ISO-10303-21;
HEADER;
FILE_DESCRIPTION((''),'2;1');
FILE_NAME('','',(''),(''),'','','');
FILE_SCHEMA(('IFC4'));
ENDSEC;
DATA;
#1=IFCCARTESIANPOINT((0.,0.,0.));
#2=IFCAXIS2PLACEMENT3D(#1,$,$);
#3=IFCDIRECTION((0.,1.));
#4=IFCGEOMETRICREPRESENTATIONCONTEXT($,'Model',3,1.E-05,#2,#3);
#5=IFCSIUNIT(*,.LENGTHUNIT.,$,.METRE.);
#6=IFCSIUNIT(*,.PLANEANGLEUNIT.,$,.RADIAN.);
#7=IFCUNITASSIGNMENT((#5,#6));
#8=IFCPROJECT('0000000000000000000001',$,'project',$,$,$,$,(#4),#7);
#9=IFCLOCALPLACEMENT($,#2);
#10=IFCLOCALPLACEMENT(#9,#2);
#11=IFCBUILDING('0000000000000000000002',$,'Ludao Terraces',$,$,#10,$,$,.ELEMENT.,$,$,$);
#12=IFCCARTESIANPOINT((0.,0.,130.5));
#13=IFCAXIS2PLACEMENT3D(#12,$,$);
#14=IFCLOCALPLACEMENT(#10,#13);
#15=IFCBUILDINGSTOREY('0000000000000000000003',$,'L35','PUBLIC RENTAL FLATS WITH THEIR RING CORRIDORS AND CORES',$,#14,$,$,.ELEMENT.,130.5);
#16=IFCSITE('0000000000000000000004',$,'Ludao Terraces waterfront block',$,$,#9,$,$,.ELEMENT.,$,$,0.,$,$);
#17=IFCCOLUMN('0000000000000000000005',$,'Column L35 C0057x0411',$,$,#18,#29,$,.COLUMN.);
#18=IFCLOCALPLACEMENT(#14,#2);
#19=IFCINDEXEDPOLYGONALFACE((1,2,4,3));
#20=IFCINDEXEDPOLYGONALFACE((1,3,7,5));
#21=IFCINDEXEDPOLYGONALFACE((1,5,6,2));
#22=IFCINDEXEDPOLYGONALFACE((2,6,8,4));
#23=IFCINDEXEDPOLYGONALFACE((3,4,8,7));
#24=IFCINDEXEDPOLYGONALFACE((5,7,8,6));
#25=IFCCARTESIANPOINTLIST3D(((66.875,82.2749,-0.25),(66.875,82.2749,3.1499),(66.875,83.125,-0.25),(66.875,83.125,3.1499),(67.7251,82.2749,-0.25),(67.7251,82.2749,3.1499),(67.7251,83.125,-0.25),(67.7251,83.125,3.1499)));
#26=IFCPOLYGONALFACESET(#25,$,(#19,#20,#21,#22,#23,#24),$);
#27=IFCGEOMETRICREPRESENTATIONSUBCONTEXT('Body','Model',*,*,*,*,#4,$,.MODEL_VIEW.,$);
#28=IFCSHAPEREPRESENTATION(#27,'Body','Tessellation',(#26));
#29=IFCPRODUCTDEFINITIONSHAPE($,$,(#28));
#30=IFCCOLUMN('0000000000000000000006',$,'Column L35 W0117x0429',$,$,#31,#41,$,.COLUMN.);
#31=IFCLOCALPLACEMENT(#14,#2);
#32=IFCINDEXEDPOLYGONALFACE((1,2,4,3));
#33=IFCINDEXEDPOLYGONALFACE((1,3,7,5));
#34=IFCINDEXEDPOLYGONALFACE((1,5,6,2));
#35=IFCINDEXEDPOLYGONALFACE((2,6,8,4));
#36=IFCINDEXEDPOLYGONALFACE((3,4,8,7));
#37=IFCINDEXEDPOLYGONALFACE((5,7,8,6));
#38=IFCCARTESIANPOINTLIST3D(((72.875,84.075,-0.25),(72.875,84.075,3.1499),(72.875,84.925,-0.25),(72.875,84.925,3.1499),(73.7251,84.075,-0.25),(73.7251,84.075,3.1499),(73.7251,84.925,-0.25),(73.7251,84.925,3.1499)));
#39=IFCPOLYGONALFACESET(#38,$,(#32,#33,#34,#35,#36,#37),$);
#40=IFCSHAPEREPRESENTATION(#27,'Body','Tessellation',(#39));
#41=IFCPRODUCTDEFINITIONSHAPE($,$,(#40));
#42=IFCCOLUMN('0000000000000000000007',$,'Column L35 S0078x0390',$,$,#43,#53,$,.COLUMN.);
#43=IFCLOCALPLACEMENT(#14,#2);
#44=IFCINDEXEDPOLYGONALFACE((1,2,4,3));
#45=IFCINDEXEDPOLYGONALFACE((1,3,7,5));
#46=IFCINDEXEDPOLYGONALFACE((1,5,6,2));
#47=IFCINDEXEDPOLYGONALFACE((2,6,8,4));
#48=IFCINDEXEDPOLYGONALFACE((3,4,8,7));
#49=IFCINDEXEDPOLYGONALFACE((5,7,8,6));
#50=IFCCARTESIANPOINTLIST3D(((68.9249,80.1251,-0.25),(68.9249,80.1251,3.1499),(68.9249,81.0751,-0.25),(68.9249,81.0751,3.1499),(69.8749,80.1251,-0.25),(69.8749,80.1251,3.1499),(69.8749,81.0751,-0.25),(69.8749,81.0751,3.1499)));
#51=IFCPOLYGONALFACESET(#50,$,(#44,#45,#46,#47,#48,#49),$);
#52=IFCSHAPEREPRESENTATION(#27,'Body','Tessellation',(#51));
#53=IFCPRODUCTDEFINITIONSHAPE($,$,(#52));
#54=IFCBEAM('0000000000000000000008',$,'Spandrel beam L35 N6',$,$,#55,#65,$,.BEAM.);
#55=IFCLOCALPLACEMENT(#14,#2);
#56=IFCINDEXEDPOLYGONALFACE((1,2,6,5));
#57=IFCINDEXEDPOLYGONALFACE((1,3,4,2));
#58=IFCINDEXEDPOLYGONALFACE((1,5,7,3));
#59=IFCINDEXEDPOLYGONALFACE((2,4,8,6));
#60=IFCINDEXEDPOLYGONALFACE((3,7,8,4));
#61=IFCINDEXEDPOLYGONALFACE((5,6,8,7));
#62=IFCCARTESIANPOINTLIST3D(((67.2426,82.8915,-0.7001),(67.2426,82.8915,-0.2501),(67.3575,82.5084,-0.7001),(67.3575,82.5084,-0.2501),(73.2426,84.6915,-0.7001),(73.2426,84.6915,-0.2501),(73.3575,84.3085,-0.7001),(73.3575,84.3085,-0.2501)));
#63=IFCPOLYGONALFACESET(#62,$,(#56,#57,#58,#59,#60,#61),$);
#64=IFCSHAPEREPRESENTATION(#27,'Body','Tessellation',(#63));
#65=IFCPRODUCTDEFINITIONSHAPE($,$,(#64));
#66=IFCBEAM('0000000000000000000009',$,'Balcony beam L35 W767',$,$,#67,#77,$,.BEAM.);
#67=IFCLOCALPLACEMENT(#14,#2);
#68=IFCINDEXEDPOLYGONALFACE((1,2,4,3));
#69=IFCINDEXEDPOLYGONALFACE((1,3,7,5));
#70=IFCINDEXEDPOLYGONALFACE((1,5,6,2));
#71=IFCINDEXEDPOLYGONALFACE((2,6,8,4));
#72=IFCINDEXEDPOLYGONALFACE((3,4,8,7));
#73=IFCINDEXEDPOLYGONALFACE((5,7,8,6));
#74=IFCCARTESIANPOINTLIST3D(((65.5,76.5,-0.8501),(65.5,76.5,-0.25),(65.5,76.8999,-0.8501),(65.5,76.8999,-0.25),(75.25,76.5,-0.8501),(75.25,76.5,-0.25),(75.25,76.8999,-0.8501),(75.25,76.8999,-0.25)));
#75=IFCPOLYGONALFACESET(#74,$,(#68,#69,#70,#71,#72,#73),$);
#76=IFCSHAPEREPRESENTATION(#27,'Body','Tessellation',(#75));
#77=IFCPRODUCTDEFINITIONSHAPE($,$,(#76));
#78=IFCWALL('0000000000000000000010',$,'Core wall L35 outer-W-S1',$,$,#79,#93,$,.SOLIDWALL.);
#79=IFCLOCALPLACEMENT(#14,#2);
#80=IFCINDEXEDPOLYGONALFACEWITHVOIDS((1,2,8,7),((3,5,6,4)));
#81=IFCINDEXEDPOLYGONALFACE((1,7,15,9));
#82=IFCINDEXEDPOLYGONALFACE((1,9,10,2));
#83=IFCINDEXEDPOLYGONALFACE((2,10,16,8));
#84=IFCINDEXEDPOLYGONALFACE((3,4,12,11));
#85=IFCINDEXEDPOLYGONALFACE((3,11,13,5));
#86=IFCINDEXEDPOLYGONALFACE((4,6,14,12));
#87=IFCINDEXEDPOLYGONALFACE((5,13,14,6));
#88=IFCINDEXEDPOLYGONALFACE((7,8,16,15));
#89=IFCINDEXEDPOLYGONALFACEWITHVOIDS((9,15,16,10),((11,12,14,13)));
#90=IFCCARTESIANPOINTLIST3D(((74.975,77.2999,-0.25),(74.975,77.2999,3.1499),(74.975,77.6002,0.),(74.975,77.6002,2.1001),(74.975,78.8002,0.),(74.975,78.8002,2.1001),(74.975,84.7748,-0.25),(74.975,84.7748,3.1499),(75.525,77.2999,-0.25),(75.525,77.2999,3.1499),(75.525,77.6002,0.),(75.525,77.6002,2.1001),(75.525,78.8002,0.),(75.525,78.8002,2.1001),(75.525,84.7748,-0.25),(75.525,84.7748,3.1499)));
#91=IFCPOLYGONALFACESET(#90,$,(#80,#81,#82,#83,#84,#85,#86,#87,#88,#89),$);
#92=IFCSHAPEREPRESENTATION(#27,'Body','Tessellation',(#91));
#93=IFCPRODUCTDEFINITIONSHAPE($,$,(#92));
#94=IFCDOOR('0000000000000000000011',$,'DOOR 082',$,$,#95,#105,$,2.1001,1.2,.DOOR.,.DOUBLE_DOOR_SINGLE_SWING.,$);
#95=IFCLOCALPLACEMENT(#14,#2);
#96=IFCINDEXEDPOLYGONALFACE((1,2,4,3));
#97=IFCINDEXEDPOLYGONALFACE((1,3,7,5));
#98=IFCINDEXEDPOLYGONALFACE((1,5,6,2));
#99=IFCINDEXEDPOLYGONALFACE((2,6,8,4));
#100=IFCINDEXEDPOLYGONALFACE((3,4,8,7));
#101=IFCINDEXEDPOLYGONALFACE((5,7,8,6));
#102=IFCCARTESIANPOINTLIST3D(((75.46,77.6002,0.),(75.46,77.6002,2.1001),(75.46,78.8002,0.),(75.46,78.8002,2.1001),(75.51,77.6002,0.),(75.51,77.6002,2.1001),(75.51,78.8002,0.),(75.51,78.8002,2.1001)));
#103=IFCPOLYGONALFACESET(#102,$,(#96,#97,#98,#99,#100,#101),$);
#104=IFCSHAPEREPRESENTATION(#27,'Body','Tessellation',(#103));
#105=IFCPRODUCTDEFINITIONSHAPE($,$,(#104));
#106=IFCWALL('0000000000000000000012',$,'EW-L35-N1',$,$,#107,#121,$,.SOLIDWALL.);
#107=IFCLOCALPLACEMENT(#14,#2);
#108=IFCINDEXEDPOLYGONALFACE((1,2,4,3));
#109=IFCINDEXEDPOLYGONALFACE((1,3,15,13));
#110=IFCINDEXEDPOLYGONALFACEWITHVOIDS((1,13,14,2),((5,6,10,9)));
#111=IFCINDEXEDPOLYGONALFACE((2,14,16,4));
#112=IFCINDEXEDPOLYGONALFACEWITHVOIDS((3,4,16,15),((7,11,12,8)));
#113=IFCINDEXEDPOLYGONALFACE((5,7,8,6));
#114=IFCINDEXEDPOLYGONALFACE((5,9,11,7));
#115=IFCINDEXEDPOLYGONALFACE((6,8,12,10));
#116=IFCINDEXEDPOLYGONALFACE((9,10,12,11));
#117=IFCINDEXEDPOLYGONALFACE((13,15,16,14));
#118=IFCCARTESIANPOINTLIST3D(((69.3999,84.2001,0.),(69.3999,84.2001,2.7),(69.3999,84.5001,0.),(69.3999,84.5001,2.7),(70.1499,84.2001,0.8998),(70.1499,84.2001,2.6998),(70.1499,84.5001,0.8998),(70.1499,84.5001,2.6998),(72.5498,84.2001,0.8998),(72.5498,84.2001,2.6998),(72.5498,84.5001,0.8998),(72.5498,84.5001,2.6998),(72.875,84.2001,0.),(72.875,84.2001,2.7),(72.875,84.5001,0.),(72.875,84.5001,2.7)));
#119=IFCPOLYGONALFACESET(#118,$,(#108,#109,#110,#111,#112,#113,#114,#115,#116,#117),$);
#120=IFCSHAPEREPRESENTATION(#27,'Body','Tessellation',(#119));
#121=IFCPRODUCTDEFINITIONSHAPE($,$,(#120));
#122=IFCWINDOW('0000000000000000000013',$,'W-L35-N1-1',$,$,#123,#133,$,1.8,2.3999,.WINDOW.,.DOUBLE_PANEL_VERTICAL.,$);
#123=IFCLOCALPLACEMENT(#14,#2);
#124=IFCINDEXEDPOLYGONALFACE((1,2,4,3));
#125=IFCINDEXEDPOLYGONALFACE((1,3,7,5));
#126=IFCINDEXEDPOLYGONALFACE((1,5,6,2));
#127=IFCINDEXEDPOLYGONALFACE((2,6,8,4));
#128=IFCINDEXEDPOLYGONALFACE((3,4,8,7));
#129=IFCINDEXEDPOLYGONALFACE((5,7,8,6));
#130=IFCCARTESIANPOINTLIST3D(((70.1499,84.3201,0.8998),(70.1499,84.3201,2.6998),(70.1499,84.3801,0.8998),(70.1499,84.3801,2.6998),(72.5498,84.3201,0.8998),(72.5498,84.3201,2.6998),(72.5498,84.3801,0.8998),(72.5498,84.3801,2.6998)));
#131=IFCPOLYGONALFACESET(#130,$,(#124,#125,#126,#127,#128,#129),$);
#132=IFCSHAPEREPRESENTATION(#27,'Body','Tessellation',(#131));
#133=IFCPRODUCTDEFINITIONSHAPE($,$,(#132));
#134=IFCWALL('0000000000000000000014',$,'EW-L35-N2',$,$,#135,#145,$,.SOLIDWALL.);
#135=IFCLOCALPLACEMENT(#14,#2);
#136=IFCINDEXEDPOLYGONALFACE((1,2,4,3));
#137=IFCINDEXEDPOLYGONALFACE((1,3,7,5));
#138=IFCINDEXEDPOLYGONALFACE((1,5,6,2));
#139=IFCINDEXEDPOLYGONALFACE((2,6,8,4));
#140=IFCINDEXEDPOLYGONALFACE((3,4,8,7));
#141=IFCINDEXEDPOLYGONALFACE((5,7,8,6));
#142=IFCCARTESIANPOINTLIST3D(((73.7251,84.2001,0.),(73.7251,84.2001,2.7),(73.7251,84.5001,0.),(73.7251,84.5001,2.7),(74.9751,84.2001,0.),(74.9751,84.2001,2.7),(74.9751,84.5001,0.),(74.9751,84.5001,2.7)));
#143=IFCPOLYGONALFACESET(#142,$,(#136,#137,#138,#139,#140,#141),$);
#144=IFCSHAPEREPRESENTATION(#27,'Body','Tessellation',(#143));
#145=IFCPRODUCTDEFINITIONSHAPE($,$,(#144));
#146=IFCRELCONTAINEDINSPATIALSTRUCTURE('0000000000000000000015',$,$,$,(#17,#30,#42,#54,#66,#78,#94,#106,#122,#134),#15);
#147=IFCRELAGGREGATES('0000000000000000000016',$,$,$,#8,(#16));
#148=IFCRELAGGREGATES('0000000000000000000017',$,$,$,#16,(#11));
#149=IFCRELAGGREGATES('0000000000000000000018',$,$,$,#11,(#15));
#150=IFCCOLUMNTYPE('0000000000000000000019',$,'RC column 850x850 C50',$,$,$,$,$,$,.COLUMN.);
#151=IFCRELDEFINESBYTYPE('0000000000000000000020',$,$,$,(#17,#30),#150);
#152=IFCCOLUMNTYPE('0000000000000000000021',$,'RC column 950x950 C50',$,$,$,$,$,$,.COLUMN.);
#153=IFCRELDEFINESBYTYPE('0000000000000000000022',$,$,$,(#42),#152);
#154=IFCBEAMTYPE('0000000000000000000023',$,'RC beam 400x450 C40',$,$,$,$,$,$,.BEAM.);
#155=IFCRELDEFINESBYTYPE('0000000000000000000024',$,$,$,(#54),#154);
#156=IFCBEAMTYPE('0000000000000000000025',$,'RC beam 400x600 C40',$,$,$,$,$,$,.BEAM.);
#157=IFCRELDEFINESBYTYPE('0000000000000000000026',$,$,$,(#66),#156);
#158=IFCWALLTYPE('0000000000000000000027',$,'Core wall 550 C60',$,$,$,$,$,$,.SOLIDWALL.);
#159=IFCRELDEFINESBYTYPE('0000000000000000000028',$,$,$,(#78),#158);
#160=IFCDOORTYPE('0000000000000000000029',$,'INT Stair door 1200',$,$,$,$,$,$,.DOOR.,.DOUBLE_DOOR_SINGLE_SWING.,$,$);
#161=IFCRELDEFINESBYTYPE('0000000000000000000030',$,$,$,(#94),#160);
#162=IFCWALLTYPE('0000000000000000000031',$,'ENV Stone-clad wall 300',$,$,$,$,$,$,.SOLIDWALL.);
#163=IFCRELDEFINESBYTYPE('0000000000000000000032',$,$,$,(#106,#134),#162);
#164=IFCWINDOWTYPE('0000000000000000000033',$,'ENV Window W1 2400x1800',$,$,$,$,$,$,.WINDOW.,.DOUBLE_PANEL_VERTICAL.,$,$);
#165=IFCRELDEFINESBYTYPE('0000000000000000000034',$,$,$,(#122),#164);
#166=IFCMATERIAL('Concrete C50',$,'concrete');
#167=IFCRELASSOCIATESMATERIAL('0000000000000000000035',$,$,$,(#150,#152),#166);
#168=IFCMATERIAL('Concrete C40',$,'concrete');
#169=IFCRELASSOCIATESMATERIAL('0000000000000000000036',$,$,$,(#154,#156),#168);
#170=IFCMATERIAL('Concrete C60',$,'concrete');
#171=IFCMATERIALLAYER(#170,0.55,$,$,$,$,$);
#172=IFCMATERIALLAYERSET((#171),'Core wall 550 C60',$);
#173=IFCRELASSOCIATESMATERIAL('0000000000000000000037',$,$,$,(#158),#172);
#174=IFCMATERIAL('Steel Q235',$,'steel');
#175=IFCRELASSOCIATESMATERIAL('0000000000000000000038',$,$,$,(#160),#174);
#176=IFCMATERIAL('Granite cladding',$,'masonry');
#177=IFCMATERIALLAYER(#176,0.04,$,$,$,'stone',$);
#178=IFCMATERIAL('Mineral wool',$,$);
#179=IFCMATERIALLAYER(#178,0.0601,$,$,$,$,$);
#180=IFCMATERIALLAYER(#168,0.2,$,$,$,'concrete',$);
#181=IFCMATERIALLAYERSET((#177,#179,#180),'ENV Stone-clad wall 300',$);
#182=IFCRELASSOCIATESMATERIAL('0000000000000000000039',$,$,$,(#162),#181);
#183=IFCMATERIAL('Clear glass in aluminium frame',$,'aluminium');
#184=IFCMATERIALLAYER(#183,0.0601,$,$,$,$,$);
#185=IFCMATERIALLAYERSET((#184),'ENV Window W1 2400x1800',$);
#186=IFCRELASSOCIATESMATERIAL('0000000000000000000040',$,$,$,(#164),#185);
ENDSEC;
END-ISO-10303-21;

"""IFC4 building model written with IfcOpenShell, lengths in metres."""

from ifc_helpers import new_model, si_unit, direction, frame, frame_2d, origin, origin_2d, place, context, subcontext, project, spatial, rectangle, extrude, material, layer, layer_set, material_profile, profile_set, type_object, element, fill, save


model = new_model("IFC4")

# Units and contexts
model_context = context("Model", 3, precision=1e-05, world=origin(), true_north=direction((0.0, 1.0)))
body_context = subcontext(model_context, "Body", "Model", "MODEL_VIEW")
ifc_project = project(units=[si_unit("LENGTHUNIT", "METRE"), si_unit("PLANEANGLEUNIT", "RADIAN")], contexts=[model_context])

# Site, building, storey
site_placement = place(None, origin())
site = spatial("IfcSite", under=ifc_project, at=site_placement, Name="Ludao Terraces waterfront block", CompositionType="ELEMENT", RefElevation=0.0)
building_placement = place(site_placement, origin())
building = spatial("IfcBuilding", under=site, at=building_placement, Name="Ludao Terraces", CompositionType="ELEMENT")
storey_placement = place(building_placement, frame((0.0, 0.0, 130.5)))
storey = spatial("IfcBuildingStorey", under=building, at=storey_placement, Name="L35", Description="PUBLIC RENTAL FLATS WITH THEIR RING CORRIDORS AND CORES", CompositionType="ELEMENT", Elevation=130.5)

# Columns
ifc_material_1 = material(Name="Concrete C50", Category="concrete")
ifc_material_profile_1 = material_profile(ifc_material_1, rectangle(XDim=0.8501, YDim=0.8501, at=origin_2d()), Name="850 X 850")
ifc_profile_set_1 = profile_set([ifc_material_profile_1], Name="Concrete C50")
column_type_1 = type_object("IfcColumnType", Name="RC column 850x850 C50", PredefinedType="COLUMN", material=ifc_profile_set_1)
for number, where, z_axis, x_axis, name in (
    (1, (67.3, 82.7, -0.25), (0.0, 0.0, 1.0), (1.0, 0.0, 0.0), "Column L35 C0057x0411"),
    (2, (73.3, 84.5, -0.25), (0.0, 0.0, 1.0), (1.0, 0.0, 0.0), "Column L35 W0117x0429"),
):
    element("IfcColumn", number, at=place(storey_placement, frame(where, z_axis=z_axis, x_axis=x_axis)), inside=storey, type_object=column_type_1, Name=name, PredefinedType="COLUMN", context=body_context, shape_type="SweptSolid", body=[
        extrude(rectangle(XDim=0.8501, YDim=0.8501, at=origin_2d()), origin(), (0.0, 0.0, 1.0), 3.3999),
    ])
ifc_material_profile_2 = material_profile(ifc_material_1, rectangle(XDim=0.95, YDim=0.95, at=origin_2d()), Name="950 X 950")
ifc_profile_set_2 = profile_set([ifc_material_profile_2], Name="Concrete C50")
column_type_2 = type_object("IfcColumnType", Name="RC column 950x950 C50", PredefinedType="COLUMN", material=ifc_profile_set_2)
column_placement = place(storey_placement, frame((69.3999, 80.6001, -0.25), z_axis=(0.0, 0.0, 1.0), x_axis=(1.0, 0.0, 0.0)))
element("IfcColumn", 3, at=column_placement, inside=storey, type_object=column_type_2, Name="Column L35 S0078x0390", PredefinedType="COLUMN", context=body_context, shape_type="SweptSolid", body=[
    extrude(rectangle(XDim=0.95, YDim=0.95, at=origin_2d()), origin(), (0.0, 0.0, 1.0), 3.3999),
])

# Beams
ifc_material_2 = material(Name="Concrete C40", Category="concrete")
ifc_material_profile_3 = material_profile(ifc_material_2, rectangle(XDim=0.3999, YDim=0.45, at=origin_2d()), Name="400 X 450")
ifc_profile_set_3 = profile_set([ifc_material_profile_3], Name="Concrete C40")
beam_type_1 = type_object("IfcBeamType", Name="RC beam 400x450 C40", PredefinedType="BEAM", material=ifc_profile_set_3)
beam_1_placement = place(storey_placement, frame((67.3, 82.7, -0.4751), z_axis=(0.957824, 0.287355, 0.0), x_axis=(-0.287355, 0.957824, 0.0)))
element("IfcBeam", 4, at=beam_1_placement, inside=storey, type_object=beam_type_1, Name="Spandrel beam L35 N6", PredefinedType="BEAM", context=body_context, shape_type="SweptSolid", body=[
    extrude(rectangle(XDim=0.3999, YDim=0.45, at=origin_2d()), origin(), (0.0, 0.0, 1.0), 6.2642),
])
ifc_material_profile_4 = material_profile(ifc_material_2, rectangle(XDim=0.3999, YDim=0.6001, at=origin_2d()), Name="400 X 600")
ifc_profile_set_4 = profile_set([ifc_material_profile_4], Name="Concrete C40")
beam_type_2 = type_object("IfcBeamType", Name="RC beam 400x600 C40", PredefinedType="BEAM", material=ifc_profile_set_4)
beam_2_placement = place(storey_placement, frame((75.25, 76.7, -0.55), z_axis=(-1.0, 0.0, 0.0), x_axis=(0.0, -1.0, 0.0)))
element("IfcBeam", 5, at=beam_2_placement, inside=storey, type_object=beam_type_2, Name="Balcony beam L35 W767", PredefinedType="BEAM", context=body_context, shape_type="SweptSolid", body=[
    extrude(rectangle(XDim=0.3999, YDim=0.6001, at=origin_2d()), origin(), (0.0, 0.0, 1.0), 9.75),
])

# Wall, opening, door
ifc_material_3 = material(Name="Concrete C60", Category="concrete")
ifc_layer_1 = layer(ifc_material_3, 0.55)
ifc_layer_set_1 = layer_set([ifc_layer_1], Name="Core wall 550 C60")
wall_type_1 = type_object("IfcWallType", Name="Core wall 550 C60", PredefinedType="SOLIDWALL", material=ifc_layer_set_1)
wall_1_placement = place(storey_placement, frame((75.25, 77.3, -0.25), z_axis=(0.0, 0.0, 1.0), x_axis=(0.0, 1.0, 0.0)))
wall_1 = element("IfcWall", 6, at=wall_1_placement, inside=storey, type_object=wall_type_1, Name="Core wall L35 outer-W-S1", PredefinedType="SOLIDWALL", context=body_context, shape_type="SweptSolid", body=[
    extrude(rectangle(XDim=7.4749, YDim=0.55, at=frame_2d((3.7373, 0.0))), origin(), (0.0, 0.0, 1.0), 3.3999),
])
opening_1_placement = place(wall_1_placement, frame((0.3, 0.0, 0.25)))
opening_1 = element("IfcOpeningElement", 7, at=opening_1_placement, cuts=wall_1, PredefinedType="OPENING", context=body_context, shape_type="SweptSolid", body=[
    extrude(rectangle(XDim=1.2, YDim=2.1001, at=frame_2d((0.6001, 1.05))), frame((0.0, 0.2852, 0.0), z_axis=(0.0, -1.0, 0.0), x_axis=(1.0, 0.0, 0.0)), (0.0, 0.0, 1.0), 0.5701),
])
ifc_material_4 = material(Name="Steel Q235", Category="steel")
door_type_1 = type_object("IfcDoorType", Name="INT Stair door 1200", OperationType="DOUBLE_DOOR_SINGLE_SWING", PredefinedType="DOOR", material=ifc_material_4)
door_1_placement = place(opening_1_placement, origin())
door_1 = element("IfcDoor", 8, at=door_1_placement, inside=storey, type_object=door_type_1, Name="DOOR 082", OperationType="DOUBLE_DOOR_SINGLE_SWING", OverallHeight=2.1001, OverallWidth=1.2, PredefinedType="DOOR", context=body_context, shape_type="SweptSolid", body=[
    extrude(rectangle(XDim=1.2, YDim=2.1001, at=frame_2d((0.6001, 1.05))), frame((0.0, -0.21, 0.0), z_axis=(0.0, -1.0, 0.0), x_axis=(1.0, 0.0, 0.0)), (0.0, 0.0, 1.0), 0.05),
])
fill(opening_1, door_1)

# Wall, opening, window
ifc_material_5 = material(Name="Granite cladding", Category="masonry")
ifc_layer_2 = layer(ifc_material_5, 0.04, Category="stone")
ifc_material_6 = material(Name="Mineral wool")
ifc_layer_3 = layer(ifc_material_6, 0.0601)
ifc_layer_4 = layer(ifc_material_2, 0.2, Category="concrete")
ifc_layer_set_2 = layer_set([ifc_layer_2, ifc_layer_3, ifc_layer_4], Name="ENV Stone-clad wall 300")
wall_type_2 = type_object("IfcWallType", Name="ENV Stone-clad wall 300", PredefinedType="SOLIDWALL", material=ifc_layer_set_2)
wall_2_placement = place(storey_placement, frame((69.3999, 84.3501, 0.0), z_axis=(0.0, 0.0, 1.0), x_axis=(1.0, 0.0, 0.0)))
wall_2 = element("IfcWall", 9, at=wall_2_placement, inside=storey, type_object=wall_type_2, Name="EW-L35-N1", PredefinedType="SOLIDWALL", context=body_context, shape_type="SweptSolid", body=[
    extrude(rectangle(XDim=3.4751, YDim=0.3, at=frame_2d((1.7375, 0.0))), origin(), (0.0, 0.0, 1.0), 2.7),
])
opening_2_placement = place(wall_2_placement, frame((0.75, 0.0, 0.8999)))
opening_2 = element("IfcOpeningElement", 10, at=opening_2_placement, cuts=wall_2, PredefinedType="OPENING", context=body_context, shape_type="SweptSolid", body=[
    extrude(rectangle(XDim=2.3999, YDim=1.8, at=frame_2d((1.2, 0.8999))), frame((0.0, 0.1602, 0.0), z_axis=(0.0, -1.0, 0.0), x_axis=(1.0, 0.0, 0.0)), (0.0, 0.0, 1.0), 0.3201),
])
ifc_material_7 = material(Name="Clear glass in aluminium frame", Category="aluminium")
ifc_layer_5 = layer(ifc_material_7, 0.0601)
ifc_layer_set_3 = layer_set([ifc_layer_5], Name="ENV Window W1 2400x1800")
window_type_1 = type_object("IfcWindowType", Name="ENV Window W1 2400x1800", PartitioningType="DOUBLE_PANEL_VERTICAL", PredefinedType="WINDOW", material=ifc_layer_set_3)
window_1_placement = place(opening_2_placement, origin())
window_1 = element("IfcWindow", 11, at=window_1_placement, inside=storey, type_object=window_type_1, Name="W-L35-N1-1", OverallHeight=1.8, OverallWidth=2.3999, PartitioningType="DOUBLE_PANEL_VERTICAL", PredefinedType="WINDOW", context=body_context, shape_type="SweptSolid", body=[
    extrude(rectangle(XDim=2.3999, YDim=1.8, at=frame_2d((1.2, 0.8999))), frame((0.0, 0.03, 0.0), z_axis=(0.0, -1.0, 0.0), x_axis=(1.0, 0.0, 0.0)), (0.0, 0.0, 1.0), 0.0601),
])
fill(opening_2, window_1)

# Wall
wall_3_placement = place(storey_placement, frame((73.7251, 84.3501, 0.0), z_axis=(0.0, 0.0, 1.0), x_axis=(1.0, 0.0, 0.0)))
element("IfcWall", 12, at=wall_3_placement, inside=storey, type_object=wall_type_2, Name="EW-L35-N2", PredefinedType="SOLIDWALL", context=body_context, shape_type="SweptSolid", body=[
    extrude(rectangle(XDim=1.25, YDim=0.3, at=frame_2d((0.625, 0.0))), origin(), (0.0, 0.0, 1.0), 2.7),
])

save(model, "model.ifc")
